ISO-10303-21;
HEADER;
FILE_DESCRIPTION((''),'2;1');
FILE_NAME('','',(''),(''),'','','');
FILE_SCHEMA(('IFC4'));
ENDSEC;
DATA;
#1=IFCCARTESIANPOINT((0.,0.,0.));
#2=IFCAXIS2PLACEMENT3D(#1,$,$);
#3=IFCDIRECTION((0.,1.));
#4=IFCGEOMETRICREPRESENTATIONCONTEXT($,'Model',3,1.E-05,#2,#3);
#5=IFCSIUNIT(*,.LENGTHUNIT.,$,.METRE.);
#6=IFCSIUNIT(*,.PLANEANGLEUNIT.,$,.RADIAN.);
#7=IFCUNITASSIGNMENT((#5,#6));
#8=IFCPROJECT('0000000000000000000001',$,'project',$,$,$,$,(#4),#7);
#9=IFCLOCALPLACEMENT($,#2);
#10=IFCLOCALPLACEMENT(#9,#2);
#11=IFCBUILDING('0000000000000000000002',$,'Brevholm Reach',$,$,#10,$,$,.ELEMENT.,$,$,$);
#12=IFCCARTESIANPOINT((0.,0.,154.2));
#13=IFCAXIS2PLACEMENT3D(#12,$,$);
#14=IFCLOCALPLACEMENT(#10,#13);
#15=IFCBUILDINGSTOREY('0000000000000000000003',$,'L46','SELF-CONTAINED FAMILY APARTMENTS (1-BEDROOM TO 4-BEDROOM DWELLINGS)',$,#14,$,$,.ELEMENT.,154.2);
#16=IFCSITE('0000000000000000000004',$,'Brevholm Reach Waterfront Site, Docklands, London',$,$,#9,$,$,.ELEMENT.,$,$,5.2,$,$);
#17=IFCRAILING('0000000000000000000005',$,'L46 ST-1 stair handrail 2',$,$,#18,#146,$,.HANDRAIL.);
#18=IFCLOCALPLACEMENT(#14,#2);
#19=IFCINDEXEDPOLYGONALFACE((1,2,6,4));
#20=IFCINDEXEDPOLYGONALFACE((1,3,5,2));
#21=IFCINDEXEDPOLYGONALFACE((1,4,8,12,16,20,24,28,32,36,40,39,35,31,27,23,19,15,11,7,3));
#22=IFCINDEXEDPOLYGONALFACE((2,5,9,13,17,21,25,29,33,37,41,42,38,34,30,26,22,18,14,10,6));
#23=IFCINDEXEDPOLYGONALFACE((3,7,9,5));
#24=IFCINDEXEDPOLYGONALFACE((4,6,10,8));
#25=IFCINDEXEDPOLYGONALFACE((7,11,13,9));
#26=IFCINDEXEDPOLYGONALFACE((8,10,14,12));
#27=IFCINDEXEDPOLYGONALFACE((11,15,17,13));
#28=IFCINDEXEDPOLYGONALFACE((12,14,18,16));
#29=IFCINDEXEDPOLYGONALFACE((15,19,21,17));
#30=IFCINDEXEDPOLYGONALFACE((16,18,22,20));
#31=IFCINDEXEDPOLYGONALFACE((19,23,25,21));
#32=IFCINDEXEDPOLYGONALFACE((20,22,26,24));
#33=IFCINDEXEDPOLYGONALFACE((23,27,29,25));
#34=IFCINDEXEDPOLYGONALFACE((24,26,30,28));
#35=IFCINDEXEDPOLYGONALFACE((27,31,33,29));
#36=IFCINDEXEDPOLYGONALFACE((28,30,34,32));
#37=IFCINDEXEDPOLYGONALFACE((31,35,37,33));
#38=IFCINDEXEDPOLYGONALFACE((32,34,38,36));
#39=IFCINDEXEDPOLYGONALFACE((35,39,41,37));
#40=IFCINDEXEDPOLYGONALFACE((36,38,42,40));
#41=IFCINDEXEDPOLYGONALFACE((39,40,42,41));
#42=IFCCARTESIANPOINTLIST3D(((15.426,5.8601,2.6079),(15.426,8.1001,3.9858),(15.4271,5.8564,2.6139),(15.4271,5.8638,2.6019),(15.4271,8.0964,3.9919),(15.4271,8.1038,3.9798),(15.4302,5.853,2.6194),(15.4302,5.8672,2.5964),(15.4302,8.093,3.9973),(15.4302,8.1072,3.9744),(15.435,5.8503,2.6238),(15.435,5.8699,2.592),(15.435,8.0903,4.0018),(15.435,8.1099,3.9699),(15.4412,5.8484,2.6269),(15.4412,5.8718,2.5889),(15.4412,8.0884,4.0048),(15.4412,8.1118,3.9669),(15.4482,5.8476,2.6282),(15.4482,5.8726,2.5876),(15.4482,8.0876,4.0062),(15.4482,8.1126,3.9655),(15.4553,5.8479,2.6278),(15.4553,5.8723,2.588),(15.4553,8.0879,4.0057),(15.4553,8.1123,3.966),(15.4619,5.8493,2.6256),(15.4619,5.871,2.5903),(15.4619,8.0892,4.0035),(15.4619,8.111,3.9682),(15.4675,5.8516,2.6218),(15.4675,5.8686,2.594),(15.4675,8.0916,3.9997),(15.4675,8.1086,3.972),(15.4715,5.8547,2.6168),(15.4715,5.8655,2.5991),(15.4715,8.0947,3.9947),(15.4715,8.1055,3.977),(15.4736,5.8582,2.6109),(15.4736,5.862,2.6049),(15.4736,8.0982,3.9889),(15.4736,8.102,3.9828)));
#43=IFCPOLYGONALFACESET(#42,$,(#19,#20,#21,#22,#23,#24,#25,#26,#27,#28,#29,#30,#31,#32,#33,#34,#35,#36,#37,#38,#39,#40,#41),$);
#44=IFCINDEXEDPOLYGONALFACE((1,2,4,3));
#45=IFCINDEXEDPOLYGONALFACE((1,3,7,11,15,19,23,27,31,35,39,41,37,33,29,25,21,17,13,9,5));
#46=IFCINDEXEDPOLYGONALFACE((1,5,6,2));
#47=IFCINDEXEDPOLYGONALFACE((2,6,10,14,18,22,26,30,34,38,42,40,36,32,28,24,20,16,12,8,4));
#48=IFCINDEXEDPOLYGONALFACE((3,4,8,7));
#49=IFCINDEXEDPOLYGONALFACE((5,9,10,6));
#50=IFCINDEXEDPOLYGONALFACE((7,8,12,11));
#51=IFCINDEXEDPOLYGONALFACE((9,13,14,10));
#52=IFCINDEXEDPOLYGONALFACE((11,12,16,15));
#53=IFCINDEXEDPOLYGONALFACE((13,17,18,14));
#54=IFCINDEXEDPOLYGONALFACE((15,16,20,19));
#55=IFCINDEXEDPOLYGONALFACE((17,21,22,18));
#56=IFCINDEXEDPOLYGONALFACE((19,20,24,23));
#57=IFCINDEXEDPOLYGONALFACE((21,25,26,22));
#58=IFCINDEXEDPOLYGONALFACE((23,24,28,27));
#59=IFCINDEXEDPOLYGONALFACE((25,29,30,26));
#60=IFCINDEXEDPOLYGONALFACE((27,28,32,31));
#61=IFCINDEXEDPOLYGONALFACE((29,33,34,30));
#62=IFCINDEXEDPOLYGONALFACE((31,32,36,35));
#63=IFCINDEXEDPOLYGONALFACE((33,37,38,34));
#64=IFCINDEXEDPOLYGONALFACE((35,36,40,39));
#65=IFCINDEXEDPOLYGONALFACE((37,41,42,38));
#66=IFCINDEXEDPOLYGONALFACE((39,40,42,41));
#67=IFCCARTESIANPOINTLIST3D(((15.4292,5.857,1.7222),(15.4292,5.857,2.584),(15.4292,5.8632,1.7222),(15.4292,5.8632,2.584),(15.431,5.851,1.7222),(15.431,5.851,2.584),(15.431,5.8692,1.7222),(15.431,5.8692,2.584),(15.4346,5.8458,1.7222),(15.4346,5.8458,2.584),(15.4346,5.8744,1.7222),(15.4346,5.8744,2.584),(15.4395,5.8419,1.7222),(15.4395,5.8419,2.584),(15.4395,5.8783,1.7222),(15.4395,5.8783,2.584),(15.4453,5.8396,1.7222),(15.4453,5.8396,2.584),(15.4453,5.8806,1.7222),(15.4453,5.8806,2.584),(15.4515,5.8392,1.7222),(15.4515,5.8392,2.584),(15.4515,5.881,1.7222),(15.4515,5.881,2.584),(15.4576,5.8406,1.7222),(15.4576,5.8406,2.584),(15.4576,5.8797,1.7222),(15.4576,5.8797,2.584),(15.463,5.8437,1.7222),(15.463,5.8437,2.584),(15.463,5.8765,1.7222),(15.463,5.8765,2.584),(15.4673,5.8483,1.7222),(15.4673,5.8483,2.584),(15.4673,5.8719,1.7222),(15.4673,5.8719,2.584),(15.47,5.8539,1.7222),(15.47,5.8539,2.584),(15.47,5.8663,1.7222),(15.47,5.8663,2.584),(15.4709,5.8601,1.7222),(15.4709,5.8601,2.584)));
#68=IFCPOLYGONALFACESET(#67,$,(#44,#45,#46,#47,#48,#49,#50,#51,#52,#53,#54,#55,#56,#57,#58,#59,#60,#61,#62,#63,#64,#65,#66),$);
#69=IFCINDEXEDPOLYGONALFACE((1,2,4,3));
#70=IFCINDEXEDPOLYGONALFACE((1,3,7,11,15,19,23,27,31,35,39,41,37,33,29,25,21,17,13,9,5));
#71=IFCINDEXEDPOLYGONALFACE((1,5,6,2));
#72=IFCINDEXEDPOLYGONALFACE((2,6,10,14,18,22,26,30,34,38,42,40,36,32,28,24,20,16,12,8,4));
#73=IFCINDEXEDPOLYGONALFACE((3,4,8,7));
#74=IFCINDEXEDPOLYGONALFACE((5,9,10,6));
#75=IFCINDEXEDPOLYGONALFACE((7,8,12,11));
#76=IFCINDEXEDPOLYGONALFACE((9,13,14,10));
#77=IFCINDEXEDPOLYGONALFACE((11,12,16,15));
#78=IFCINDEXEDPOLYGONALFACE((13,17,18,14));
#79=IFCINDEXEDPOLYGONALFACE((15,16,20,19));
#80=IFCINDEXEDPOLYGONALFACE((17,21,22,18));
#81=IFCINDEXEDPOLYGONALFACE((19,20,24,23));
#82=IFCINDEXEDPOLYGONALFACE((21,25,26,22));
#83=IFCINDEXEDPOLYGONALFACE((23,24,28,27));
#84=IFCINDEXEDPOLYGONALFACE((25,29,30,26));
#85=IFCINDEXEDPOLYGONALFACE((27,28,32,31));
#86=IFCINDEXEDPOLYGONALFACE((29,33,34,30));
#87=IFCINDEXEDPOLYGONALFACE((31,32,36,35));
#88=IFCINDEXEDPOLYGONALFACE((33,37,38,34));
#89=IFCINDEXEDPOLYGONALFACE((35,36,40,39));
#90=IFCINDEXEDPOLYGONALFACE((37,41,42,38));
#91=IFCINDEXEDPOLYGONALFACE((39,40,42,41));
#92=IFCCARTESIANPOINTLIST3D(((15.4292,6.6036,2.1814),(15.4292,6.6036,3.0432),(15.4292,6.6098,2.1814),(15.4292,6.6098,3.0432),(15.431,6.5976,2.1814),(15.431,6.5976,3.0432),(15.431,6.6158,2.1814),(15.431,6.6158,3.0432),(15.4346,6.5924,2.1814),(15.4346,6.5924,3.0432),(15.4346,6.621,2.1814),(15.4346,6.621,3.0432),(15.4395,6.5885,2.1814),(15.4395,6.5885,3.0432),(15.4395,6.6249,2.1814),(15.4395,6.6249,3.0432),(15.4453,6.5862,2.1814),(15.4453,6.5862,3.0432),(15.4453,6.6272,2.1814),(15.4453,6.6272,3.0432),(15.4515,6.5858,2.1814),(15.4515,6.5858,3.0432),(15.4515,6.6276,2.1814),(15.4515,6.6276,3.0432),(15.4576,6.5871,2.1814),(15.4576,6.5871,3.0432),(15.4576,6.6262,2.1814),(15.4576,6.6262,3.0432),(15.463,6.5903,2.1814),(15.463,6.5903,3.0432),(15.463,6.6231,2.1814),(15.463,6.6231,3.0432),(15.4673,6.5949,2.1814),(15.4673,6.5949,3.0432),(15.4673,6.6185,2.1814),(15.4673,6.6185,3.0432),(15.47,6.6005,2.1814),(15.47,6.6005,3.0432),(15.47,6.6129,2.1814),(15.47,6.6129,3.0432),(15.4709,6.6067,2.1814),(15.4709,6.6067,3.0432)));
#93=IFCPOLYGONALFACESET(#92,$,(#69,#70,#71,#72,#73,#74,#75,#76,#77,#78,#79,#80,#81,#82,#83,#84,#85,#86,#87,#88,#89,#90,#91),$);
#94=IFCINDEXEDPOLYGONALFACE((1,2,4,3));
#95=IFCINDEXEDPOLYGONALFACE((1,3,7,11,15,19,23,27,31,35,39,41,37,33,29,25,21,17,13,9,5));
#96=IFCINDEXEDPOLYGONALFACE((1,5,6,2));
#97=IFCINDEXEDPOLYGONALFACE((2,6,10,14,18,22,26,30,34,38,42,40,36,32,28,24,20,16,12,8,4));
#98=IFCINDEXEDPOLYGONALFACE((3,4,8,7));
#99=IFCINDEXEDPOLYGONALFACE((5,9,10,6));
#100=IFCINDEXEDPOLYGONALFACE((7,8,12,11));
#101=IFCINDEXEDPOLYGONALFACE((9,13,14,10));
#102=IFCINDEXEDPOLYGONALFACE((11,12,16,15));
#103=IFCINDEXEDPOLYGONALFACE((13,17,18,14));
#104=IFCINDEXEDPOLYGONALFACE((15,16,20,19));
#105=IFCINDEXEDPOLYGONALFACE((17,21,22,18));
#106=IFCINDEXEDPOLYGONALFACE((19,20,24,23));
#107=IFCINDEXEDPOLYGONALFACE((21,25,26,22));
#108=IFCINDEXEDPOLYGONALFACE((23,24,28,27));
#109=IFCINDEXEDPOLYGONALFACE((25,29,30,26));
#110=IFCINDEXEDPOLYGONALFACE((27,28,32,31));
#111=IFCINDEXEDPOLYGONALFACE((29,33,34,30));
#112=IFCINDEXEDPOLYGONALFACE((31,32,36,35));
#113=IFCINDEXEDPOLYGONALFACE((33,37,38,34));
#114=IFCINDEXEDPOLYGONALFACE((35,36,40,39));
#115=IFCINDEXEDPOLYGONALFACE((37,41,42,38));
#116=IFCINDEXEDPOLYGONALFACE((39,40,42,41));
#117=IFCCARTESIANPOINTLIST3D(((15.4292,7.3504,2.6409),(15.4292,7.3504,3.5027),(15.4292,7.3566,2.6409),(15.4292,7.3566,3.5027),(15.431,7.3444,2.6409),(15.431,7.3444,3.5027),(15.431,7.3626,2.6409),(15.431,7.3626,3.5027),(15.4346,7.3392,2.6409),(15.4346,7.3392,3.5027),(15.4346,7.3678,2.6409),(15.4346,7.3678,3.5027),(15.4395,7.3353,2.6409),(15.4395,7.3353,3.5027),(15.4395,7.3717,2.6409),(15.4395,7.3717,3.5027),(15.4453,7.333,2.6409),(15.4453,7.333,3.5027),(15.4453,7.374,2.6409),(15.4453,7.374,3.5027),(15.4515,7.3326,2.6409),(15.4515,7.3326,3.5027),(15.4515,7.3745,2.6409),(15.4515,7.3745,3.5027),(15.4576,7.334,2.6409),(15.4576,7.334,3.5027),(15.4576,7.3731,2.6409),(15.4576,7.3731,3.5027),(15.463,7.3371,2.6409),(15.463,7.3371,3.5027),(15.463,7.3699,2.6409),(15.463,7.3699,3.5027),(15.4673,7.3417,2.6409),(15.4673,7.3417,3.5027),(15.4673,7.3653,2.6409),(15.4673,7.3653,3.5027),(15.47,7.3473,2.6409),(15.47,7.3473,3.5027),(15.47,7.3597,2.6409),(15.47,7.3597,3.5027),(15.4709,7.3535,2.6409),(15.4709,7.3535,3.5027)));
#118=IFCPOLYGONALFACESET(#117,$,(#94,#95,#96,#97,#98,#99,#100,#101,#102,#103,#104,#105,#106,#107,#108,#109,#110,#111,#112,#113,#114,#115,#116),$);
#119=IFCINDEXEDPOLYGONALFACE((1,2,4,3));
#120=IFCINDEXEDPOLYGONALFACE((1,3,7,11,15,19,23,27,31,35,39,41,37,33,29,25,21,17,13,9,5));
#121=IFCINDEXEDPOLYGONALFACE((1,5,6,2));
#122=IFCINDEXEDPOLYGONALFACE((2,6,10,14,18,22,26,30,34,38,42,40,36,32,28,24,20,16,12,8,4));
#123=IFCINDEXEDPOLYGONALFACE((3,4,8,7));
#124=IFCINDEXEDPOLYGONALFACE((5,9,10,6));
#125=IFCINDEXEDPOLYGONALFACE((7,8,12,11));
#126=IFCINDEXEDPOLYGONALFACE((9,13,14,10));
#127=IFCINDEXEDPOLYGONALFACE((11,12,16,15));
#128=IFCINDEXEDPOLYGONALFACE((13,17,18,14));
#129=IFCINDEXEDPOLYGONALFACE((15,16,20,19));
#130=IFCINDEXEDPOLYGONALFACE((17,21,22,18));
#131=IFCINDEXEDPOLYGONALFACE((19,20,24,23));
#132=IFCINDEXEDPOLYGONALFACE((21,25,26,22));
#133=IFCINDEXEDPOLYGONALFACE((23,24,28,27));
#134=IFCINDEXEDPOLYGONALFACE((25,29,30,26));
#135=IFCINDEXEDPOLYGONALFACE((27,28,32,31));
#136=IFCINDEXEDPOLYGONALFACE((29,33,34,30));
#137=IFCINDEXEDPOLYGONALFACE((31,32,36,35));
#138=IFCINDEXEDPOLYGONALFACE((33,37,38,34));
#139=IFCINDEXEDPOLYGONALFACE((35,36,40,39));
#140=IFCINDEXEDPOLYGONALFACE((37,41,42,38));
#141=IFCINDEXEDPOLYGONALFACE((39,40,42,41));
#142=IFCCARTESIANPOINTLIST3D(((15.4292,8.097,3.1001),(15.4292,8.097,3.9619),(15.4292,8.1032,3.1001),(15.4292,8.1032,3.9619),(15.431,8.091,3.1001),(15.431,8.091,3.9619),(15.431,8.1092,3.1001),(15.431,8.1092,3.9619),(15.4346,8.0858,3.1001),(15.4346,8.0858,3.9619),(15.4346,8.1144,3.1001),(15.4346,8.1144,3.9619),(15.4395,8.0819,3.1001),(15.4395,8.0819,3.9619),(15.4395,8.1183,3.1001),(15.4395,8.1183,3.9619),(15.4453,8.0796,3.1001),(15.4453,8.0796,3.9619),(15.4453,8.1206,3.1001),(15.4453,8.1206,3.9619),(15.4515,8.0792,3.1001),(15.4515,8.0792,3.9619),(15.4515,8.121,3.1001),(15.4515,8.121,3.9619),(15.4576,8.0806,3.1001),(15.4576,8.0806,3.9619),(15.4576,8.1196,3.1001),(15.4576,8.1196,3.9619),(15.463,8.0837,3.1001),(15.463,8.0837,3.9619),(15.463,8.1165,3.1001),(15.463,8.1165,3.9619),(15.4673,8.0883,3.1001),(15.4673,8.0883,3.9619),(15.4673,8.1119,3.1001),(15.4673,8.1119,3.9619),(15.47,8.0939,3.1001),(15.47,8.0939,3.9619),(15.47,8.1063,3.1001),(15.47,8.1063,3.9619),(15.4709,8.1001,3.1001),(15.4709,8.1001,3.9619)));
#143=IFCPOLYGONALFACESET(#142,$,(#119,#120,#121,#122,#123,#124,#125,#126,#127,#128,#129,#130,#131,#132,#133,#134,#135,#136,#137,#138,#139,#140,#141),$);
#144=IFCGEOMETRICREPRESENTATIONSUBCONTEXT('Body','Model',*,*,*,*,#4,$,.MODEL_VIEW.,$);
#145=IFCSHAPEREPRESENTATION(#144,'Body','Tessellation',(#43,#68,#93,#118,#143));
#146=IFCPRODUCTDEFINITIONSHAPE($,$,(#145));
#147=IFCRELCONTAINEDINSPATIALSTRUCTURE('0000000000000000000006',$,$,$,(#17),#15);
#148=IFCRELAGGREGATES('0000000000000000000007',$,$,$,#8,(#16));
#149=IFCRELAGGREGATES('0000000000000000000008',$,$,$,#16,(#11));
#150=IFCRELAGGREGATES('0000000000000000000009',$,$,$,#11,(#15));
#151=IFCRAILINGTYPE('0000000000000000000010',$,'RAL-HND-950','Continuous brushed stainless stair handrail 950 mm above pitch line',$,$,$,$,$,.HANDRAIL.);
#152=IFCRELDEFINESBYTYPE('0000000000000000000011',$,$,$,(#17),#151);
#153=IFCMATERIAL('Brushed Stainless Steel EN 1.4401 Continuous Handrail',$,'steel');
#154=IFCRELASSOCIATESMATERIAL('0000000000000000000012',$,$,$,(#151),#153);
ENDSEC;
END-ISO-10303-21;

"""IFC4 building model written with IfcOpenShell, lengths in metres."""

from ifc_helpers import new_model, si_unit, direction, frame, origin, origin_2d, place, context, subcontext, project, spatial, circle, extrude, material, type_object, element, save


model = new_model("IFC4")

# Units and contexts
model_context = context("Model", 3, precision=1e-05, world=origin(), true_north=direction((0.0, 1.0)))
body_context = subcontext(model_context, "Body", "Model", "MODEL_VIEW")
ifc_project = project(units=[si_unit("LENGTHUNIT", "METRE"), si_unit("PLANEANGLEUNIT", "RADIAN")], contexts=[model_context])

# Site, building, storey
site_placement = place(None, origin())
site = spatial("IfcSite", under=ifc_project, at=site_placement, Name="Brevholm Reach Waterfront Site, Docklands, London", CompositionType="ELEMENT", RefElevation=5.2)
building_placement = place(site_placement, origin())
building = spatial("IfcBuilding", under=site, at=building_placement, Name="Brevholm Reach", CompositionType="ELEMENT")
storey_placement = place(building_placement, frame((0.0, 0.0, 154.2)))
storey = spatial("IfcBuildingStorey", under=building, at=storey_placement, Name="L46", Description="SELF-CONTAINED FAMILY APARTMENTS (1-BEDROOM TO 4-BEDROOM DWELLINGS)", CompositionType="ELEMENT", Elevation=154.2)

# Railing
ifc_material_1 = material(Name="Brushed Stainless Steel EN 1.4401 Continuous Handrail", Category="steel")
railing_type_1 = type_object("IfcRailingType", Name="RAL-HND-950", Description="Continuous brushed stainless stair handrail 950 mm above pitch line", PredefinedType="HANDRAIL", material=ifc_material_1)
railing_1_placement = place(storey_placement, frame((15.45, 5.8601, 1.7222)))
element("IfcRailing", 1, at=railing_1_placement, inside=storey, type_object=railing_type_1, Name="L46 ST-1 stair handrail 2", PredefinedType="HANDRAIL", context=body_context, shape_type="SweptSolid", body=[
    extrude(circle(Radius=0.0239, at=origin_2d()), frame((0.0, 0.0, 0.8857), z_axis=(0.0, 0.851748, 0.523952), x_axis=(-1.0, 0.0, 0.0)), (0.0, 0.0, 1.0), 2.6299),
    extrude(circle(Radius=0.021, at=origin_2d()), origin(), (0.0, 0.0, 1.0), 0.8618),
    extrude(circle(Radius=0.021, at=origin_2d()), frame((0.0, 0.7466, 0.4592)), (0.0, 0.0, 1.0), 0.8618),
    extrude(circle(Radius=0.021, at=origin_2d()), frame((0.0, 1.4934, 0.9187)), (0.0, 0.0, 1.0), 0.8618),
    extrude(circle(Radius=0.021, at=origin_2d()), frame((0.0, 2.24, 1.3779)), (0.0, 0.0, 1.0), 0.8618),
])

save(model, "model.ifc")
